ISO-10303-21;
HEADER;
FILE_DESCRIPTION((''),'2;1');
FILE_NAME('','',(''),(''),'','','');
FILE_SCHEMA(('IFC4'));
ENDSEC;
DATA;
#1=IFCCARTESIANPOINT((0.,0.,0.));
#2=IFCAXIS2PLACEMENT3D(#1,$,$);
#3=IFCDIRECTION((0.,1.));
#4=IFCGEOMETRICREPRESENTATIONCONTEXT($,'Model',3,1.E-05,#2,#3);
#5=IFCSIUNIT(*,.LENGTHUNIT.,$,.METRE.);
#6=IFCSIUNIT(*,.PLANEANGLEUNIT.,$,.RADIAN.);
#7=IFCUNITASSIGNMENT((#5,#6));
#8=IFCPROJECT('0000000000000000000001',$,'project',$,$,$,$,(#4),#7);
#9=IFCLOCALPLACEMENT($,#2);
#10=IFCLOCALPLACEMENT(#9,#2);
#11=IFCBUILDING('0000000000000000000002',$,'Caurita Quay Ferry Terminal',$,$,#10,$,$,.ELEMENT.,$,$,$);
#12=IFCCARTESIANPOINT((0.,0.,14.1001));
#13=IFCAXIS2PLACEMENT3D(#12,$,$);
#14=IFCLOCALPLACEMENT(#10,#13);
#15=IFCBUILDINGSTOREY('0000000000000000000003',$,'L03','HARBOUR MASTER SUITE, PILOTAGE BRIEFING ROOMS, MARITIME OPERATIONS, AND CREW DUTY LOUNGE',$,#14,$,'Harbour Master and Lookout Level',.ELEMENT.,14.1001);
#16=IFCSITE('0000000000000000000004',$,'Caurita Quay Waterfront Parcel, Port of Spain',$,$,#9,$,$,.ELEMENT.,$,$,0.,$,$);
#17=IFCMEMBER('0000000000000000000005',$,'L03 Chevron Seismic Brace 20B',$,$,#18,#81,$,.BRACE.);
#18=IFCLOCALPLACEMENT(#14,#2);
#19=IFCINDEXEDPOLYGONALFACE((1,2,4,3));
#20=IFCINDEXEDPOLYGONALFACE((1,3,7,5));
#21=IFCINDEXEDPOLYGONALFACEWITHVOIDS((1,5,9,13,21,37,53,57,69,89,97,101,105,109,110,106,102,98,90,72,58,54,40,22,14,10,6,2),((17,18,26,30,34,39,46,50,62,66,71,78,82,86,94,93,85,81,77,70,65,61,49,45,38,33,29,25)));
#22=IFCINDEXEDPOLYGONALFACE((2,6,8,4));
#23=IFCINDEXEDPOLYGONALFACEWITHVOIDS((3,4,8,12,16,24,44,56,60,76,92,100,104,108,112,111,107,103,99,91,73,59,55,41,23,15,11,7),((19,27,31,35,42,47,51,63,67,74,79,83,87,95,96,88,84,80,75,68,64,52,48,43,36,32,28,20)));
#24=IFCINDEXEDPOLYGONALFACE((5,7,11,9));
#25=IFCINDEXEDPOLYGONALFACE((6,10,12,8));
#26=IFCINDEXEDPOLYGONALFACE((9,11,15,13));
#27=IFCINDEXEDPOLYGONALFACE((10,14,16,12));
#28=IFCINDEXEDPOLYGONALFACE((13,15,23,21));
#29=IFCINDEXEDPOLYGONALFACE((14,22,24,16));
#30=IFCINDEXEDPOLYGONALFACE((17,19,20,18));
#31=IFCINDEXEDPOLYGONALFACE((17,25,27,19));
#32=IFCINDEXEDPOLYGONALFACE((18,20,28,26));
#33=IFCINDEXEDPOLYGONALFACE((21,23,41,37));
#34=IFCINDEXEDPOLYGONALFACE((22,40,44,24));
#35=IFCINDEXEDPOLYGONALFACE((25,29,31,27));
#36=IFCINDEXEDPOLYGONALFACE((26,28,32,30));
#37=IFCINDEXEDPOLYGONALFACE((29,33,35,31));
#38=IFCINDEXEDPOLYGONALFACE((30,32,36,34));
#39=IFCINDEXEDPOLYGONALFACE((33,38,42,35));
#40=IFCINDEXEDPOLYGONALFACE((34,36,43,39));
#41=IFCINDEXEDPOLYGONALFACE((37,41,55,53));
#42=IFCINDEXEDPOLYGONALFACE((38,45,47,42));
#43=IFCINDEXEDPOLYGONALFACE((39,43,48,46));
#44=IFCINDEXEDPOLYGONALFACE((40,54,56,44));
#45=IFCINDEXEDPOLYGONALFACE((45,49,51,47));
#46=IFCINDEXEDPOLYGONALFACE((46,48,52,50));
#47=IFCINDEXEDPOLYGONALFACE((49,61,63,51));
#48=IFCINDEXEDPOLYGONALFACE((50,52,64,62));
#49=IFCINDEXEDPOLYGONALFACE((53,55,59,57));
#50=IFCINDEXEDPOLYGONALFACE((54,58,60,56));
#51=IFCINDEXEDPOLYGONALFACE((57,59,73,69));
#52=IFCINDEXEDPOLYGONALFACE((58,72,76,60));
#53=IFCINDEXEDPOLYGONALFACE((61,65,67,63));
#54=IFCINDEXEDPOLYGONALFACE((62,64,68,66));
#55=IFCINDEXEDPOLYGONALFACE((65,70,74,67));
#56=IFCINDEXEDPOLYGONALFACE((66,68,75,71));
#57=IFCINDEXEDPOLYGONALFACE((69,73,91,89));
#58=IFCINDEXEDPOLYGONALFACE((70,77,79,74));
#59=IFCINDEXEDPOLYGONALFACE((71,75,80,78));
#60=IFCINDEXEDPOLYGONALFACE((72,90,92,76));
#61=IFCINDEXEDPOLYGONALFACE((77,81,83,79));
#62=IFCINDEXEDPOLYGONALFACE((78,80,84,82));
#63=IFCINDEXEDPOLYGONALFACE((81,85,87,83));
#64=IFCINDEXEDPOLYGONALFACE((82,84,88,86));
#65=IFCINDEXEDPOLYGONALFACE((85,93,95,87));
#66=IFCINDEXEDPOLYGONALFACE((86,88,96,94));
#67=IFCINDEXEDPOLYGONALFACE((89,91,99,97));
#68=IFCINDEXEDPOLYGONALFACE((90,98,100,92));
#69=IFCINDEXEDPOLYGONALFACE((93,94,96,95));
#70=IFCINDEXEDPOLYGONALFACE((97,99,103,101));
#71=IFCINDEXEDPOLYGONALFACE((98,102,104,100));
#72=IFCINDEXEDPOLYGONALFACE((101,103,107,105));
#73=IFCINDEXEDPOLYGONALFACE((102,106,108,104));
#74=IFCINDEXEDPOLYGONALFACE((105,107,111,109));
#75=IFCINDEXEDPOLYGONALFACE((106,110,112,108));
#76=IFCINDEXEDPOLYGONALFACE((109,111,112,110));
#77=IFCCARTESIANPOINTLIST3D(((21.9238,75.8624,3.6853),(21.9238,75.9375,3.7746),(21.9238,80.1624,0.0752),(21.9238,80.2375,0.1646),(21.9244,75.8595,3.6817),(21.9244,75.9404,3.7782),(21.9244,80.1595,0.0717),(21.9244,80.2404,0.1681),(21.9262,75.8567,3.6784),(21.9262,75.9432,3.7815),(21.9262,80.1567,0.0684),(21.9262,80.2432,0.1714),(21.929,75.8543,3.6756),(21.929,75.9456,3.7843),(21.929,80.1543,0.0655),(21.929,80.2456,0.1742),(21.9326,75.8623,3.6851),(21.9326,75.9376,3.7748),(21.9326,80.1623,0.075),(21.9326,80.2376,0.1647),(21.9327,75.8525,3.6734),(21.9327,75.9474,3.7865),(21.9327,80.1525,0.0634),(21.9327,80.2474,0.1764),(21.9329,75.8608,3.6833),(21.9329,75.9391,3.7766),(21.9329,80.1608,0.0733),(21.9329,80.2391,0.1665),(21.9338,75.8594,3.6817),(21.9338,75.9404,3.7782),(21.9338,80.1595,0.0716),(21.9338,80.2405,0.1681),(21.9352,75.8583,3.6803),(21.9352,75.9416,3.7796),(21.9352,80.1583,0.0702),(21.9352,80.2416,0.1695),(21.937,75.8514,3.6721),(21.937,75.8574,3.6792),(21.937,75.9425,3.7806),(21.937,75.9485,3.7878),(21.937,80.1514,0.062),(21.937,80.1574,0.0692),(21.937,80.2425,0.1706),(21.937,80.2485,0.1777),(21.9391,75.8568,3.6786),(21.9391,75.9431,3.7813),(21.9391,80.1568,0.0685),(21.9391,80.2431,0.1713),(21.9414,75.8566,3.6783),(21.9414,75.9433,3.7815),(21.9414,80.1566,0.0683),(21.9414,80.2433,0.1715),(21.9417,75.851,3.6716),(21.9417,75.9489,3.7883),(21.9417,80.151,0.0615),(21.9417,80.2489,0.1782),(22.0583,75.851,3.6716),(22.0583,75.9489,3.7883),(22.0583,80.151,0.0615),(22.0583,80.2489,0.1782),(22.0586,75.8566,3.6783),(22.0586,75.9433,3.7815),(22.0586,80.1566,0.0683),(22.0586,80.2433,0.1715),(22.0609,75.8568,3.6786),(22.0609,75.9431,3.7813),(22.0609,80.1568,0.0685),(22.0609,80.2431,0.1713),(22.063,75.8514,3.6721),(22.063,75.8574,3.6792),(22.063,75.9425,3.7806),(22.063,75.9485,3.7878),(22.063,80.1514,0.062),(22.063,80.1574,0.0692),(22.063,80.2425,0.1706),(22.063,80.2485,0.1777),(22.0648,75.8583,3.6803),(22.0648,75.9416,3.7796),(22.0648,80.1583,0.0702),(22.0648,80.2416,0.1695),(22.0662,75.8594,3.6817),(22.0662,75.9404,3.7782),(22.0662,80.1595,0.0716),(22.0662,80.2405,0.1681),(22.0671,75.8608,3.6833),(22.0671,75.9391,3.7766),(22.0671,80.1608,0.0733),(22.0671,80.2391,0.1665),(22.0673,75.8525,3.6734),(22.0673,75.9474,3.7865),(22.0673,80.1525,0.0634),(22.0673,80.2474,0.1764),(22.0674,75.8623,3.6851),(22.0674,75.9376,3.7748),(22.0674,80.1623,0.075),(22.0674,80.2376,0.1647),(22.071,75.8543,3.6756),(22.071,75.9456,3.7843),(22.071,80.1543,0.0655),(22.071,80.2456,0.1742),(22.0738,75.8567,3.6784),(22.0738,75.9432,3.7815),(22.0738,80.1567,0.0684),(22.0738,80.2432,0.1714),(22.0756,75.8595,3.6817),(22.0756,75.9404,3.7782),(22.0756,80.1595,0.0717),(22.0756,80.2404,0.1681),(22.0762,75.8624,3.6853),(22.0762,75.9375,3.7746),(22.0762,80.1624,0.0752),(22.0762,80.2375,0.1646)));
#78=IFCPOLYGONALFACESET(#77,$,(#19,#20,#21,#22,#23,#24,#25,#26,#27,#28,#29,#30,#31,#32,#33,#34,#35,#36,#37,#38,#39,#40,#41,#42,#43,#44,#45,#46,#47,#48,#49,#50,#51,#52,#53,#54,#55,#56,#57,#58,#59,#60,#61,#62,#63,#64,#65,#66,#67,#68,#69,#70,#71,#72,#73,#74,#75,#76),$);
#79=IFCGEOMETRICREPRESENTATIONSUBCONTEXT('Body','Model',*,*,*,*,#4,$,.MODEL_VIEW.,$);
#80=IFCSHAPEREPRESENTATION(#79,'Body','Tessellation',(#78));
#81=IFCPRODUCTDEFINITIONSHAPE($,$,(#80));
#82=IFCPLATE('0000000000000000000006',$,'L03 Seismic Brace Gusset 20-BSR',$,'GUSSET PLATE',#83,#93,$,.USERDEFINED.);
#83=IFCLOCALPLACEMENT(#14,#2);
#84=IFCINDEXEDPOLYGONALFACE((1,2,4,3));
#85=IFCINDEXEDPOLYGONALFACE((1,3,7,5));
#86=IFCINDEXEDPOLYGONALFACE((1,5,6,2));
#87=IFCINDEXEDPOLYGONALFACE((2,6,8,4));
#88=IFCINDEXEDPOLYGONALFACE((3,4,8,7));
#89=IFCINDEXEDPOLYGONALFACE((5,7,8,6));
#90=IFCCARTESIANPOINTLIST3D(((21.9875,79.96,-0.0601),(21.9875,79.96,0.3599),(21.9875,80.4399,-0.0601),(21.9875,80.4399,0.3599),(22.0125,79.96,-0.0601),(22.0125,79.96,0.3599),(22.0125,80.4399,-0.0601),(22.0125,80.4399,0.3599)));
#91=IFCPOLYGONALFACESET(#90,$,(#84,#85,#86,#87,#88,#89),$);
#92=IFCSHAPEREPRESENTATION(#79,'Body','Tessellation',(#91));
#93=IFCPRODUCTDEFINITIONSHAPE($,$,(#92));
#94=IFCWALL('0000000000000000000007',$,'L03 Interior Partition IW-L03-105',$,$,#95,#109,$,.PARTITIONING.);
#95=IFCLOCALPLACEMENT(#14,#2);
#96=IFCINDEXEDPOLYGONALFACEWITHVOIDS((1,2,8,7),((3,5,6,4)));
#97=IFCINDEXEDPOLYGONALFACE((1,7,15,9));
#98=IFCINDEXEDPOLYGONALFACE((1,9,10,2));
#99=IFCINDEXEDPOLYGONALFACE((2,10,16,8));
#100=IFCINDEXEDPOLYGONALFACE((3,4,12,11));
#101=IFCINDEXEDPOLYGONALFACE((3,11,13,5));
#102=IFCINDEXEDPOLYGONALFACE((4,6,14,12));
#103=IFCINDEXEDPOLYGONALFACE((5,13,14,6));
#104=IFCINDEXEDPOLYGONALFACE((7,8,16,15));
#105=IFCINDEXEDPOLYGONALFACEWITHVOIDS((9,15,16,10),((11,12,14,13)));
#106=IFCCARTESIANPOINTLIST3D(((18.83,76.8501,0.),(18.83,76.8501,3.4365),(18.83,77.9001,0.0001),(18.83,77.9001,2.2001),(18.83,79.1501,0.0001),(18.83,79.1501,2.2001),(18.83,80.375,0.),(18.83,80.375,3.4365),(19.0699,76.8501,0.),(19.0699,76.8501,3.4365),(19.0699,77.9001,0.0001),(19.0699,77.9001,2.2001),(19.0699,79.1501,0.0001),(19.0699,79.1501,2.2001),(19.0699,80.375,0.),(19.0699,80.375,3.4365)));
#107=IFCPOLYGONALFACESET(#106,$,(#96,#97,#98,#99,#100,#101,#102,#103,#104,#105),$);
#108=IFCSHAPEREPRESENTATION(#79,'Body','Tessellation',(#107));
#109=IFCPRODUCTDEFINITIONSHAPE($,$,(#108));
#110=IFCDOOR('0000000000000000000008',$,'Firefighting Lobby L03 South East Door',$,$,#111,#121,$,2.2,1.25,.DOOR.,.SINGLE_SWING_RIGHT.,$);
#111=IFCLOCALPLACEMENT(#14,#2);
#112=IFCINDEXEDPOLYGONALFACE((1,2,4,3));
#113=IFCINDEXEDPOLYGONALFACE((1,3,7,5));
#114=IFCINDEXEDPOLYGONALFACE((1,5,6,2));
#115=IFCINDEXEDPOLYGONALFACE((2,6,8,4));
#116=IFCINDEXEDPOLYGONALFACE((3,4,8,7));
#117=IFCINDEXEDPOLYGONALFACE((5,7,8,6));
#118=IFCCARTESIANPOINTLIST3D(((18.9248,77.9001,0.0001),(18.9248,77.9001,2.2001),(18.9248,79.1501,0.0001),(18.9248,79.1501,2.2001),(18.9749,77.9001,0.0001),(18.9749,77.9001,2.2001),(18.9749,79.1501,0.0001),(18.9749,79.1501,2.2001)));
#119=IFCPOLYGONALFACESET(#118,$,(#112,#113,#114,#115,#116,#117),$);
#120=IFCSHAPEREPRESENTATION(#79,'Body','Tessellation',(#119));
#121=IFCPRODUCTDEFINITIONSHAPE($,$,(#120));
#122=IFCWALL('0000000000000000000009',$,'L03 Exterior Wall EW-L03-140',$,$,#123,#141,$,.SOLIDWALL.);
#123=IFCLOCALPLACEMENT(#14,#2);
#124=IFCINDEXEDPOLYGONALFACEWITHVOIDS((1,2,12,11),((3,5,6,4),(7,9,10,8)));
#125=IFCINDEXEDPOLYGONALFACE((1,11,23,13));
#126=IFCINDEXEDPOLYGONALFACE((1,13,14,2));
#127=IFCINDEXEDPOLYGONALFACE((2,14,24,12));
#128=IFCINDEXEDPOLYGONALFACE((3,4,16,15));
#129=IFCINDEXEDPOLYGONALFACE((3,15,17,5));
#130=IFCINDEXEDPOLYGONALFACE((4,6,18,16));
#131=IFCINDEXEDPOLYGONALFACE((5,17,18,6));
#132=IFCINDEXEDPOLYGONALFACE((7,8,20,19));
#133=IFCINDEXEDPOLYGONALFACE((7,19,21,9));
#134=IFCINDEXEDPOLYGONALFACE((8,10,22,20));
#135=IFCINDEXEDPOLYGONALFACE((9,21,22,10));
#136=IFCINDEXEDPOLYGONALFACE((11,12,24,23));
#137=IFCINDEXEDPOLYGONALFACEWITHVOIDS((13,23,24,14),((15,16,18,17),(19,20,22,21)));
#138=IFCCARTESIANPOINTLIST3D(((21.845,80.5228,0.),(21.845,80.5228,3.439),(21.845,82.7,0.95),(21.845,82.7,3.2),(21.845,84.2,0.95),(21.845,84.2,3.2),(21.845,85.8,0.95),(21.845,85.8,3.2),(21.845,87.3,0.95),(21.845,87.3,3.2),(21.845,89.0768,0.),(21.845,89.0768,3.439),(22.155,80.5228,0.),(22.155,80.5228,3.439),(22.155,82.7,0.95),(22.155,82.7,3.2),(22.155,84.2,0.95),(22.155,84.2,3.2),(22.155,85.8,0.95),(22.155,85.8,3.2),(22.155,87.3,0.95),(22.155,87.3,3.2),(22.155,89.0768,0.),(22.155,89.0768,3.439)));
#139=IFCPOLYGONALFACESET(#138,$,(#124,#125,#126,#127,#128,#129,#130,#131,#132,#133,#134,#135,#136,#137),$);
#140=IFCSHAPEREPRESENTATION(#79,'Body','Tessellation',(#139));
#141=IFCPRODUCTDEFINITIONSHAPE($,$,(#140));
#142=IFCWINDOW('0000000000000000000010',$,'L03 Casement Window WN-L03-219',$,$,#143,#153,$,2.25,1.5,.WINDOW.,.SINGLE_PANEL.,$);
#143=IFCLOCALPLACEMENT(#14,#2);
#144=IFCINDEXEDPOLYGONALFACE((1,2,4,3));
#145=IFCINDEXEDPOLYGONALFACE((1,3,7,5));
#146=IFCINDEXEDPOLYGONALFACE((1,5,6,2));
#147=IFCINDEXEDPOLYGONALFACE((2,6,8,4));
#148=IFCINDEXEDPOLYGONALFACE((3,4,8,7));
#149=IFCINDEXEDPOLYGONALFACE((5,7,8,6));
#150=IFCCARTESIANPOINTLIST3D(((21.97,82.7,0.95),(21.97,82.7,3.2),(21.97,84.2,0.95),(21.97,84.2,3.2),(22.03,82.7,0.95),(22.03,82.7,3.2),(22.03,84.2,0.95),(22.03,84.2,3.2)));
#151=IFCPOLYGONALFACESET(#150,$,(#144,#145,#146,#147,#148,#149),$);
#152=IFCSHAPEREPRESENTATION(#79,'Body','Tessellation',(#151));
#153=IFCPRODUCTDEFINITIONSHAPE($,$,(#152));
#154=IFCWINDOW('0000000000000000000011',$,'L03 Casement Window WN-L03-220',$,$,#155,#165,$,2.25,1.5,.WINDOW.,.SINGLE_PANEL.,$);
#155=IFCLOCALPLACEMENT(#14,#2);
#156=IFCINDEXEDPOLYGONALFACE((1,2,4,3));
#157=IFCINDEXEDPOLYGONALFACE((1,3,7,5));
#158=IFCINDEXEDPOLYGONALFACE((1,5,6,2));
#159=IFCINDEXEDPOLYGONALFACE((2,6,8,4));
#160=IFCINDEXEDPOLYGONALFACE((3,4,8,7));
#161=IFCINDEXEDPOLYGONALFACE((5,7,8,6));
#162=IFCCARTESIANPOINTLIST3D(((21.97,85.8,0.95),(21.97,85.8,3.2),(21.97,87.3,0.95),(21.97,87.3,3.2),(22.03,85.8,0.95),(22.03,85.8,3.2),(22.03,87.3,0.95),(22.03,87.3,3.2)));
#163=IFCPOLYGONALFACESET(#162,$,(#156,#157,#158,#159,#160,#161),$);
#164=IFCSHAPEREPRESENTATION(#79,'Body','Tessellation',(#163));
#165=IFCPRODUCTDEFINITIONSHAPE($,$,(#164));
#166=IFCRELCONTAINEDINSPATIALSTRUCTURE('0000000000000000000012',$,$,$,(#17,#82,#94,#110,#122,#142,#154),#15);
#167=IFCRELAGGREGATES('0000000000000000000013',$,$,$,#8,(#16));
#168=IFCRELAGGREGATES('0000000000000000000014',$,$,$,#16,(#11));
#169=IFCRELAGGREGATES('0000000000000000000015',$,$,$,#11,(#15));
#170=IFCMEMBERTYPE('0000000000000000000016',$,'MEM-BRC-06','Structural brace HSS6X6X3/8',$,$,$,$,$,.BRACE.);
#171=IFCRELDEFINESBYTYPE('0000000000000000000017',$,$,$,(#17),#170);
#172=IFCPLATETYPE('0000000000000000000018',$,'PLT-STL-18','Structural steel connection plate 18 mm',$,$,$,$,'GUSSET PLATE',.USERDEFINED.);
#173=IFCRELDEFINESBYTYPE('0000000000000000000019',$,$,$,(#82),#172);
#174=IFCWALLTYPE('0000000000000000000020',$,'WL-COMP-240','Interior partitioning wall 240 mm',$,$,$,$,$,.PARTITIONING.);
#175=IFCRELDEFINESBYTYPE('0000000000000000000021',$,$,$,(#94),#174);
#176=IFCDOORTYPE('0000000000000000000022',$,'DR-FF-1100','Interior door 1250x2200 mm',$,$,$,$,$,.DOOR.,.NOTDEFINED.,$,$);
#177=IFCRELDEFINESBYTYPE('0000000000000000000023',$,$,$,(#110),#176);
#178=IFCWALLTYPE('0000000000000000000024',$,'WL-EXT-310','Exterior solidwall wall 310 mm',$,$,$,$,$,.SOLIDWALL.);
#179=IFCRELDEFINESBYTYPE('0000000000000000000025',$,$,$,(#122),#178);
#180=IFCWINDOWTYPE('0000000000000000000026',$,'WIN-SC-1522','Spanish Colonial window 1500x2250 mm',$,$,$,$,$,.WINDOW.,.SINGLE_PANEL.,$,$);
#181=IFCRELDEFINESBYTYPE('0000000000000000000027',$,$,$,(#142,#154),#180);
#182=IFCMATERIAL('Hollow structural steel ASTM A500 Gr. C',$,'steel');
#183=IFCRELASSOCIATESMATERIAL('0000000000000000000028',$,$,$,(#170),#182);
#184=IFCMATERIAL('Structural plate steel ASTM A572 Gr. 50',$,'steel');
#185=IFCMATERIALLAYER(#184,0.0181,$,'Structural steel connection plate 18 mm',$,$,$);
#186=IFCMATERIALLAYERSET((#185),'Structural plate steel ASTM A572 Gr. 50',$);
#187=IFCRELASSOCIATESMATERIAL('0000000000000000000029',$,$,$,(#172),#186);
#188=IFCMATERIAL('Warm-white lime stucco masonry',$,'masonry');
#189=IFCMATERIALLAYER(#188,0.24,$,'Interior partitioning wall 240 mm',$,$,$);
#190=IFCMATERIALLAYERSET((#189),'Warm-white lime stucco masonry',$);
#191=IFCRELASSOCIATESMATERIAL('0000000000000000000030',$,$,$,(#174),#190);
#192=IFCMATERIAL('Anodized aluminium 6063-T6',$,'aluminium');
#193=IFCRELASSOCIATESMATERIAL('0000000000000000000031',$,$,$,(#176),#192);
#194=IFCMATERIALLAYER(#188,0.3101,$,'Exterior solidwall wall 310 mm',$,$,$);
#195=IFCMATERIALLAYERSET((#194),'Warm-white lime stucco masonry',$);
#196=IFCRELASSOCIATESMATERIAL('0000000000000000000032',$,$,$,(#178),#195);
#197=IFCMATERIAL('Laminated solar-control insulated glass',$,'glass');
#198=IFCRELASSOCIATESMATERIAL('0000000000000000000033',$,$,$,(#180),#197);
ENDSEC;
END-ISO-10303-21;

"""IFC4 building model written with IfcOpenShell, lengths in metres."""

from ifc_helpers import new_model, si_unit, direction, frame, frame_2d, origin, origin_2d, place, context, subcontext, project, spatial, rectangle, hollow_rectangle, extrude, material, layer, layer_set, material_profile, profile_set, type_object, element, fill, save


model = new_model("IFC4")

# Units and contexts
model_context = context("Model", 3, precision=1e-05, world=origin(), true_north=direction((0.0, 1.0)))
body_context = subcontext(model_context, "Body", "Model", "MODEL_VIEW")
ifc_project = project(units=[si_unit("LENGTHUNIT", "METRE"), si_unit("PLANEANGLEUNIT", "RADIAN")], contexts=[model_context])

# Site, building, storey
site_placement = place(None, origin())
site = spatial("IfcSite", under=ifc_project, at=site_placement, Name="Caurita Quay Waterfront Parcel, Port of Spain", CompositionType="ELEMENT", RefElevation=0.0)
building_placement = place(site_placement, origin())
building = spatial("IfcBuilding", under=site, at=building_placement, Name="Caurita Quay Ferry Terminal", CompositionType="ELEMENT")
storey_placement = place(building_placement, frame((0.0, 0.0, 14.1001)))
storey = spatial("IfcBuildingStorey", under=building, at=storey_placement, Name="L03", Description="HARBOUR MASTER SUITE, PILOTAGE BRIEFING ROOMS, MARITIME OPERATIONS, AND CREW DUTY LOUNGE", LongName="Harbour Master and Lookout Level", CompositionType="ELEMENT", Elevation=14.1001)

# Member
ifc_material_1 = material(Name="Hollow structural steel ASTM A500 Gr. C", Category="steel")
ifc_material_profile_1 = material_profile(ifc_material_1, hollow_rectangle(XDim=0.1523, YDim=0.1523, WallThickness=0.0088, InnerFilletRadius=0.0088, OuterFilletRadius=0.0178, at=origin_2d()), Name="HSS6X6X3/8")
ifc_profile_set_1 = profile_set([ifc_material_profile_1], Name="Hollow structural steel ASTM A500 Gr. C")
member_type = type_object("IfcMemberType", Name="MEM-BRC-06", Description="Structural brace HSS6X6X3/8", PredefinedType="BRACE", material=ifc_profile_set_1)
member_placement = place(storey_placement, frame((22.0, 80.2, 0.1199), z_axis=(0.0, -0.765874, 0.64299), x_axis=(1.0, 0.0, 0.0)))
element("IfcMember", 1, at=member_placement, inside=storey, type_object=member_type, Name="L03 Chevron Seismic Brace 20B", PredefinedType="BRACE", context=body_context, shape_type="SweptSolid", body=[
    extrude(hollow_rectangle(XDim=0.1523, YDim=0.1523, WallThickness=0.0088, InnerFilletRadius=0.0088, OuterFilletRadius=0.0178, at=origin_2d()), origin(), (0.0, 0.0, 1.0), 5.6145),
])

# Plate
ifc_material_2 = material(Name="Structural plate steel ASTM A572 Gr. 50", Category="steel")
ifc_layer_1 = layer(ifc_material_2, 0.0181, Name="Structural steel connection plate 18 mm")
ifc_layer_set_1 = layer_set([ifc_layer_1], Name="Structural plate steel ASTM A572 Gr. 50")
plate_type = type_object("IfcPlateType", Name="PLT-STL-18", Description="Structural steel connection plate 18 mm", ElementType="GUSSET PLATE", PredefinedType="USERDEFINED", material=ifc_layer_set_1)
plate_placement = place(storey_placement, frame((22.0, 80.2, -0.0601), z_axis=(0.0, 0.0, 1.0), x_axis=(0.0, 1.0, 0.0)))
element("IfcPlate", 2, at=plate_placement, inside=storey, type_object=plate_type, Name="L03 Seismic Brace Gusset 20-BSR", ObjectType="GUSSET PLATE", PredefinedType="USERDEFINED", context=body_context, shape_type="SweptSolid", body=[
    extrude(rectangle(XDim=0.48, YDim=0.0249, at=origin_2d()), origin(), (0.0, 0.0, 1.0), 0.4199),
])

# Wall, opening, door
ifc_material_3 = material(Name="Warm-white lime stucco masonry", Category="masonry")
ifc_layer_2 = layer(ifc_material_3, 0.24, Name="Interior partitioning wall 240 mm")
ifc_layer_set_2 = layer_set([ifc_layer_2], Name="Warm-white lime stucco masonry")
wall_type_1 = type_object("IfcWallType", Name="WL-COMP-240", Description="Interior partitioning wall 240 mm", PredefinedType="PARTITIONING", material=ifc_layer_set_2)
wall_1_placement = place(storey_placement, frame((18.95, 76.8501, 0.0), z_axis=(0.0, 0.0, 1.0), x_axis=(0.0, 1.0, 0.0)))
wall_1 = element("IfcWall", 3, at=wall_1_placement, inside=storey, type_object=wall_type_1, Name="L03 Interior Partition IW-L03-105", PredefinedType="PARTITIONING", context=body_context, shape_type="SweptSolid", body=[
    extrude(rectangle(XDim=3.5249, YDim=0.24, at=frame_2d((1.7625, 0.0))), origin(), (0.0, 0.0, 1.0), 3.4365),
])
opening_1_placement = place(wall_1_placement, frame((1.05, 0.0, 0.0)))
opening_1 = element("IfcOpeningElement", 4, at=opening_1_placement, cuts=wall_1, PredefinedType="OPENING", context=body_context, shape_type="SweptSolid", body=[
    extrude(rectangle(XDim=1.25, YDim=2.2, at=frame_2d((0.625, 1.1001))), frame((0.0, 0.1299, 0.0), z_axis=(0.0, -1.0, 0.0), x_axis=(1.0, 0.0, 0.0)), (0.0, 0.0, 1.0), 0.26),
])
ifc_material_4 = material(Name="Anodized aluminium 6063-T6", Category="aluminium")
door_type_1 = type_object("IfcDoorType", Name="DR-FF-1100", Description="Interior door 1250x2200 mm", OperationType="NOTDEFINED", PredefinedType="DOOR", material=ifc_material_4)
door_1_placement = place(opening_1_placement, frame((1.25, 0.0, 0.0), z_axis=(0.0, 0.0, 1.0), x_axis=(-1.0, 0.0, 0.0)))
door_1 = element("IfcDoor", 5, at=door_1_placement, inside=storey, type_object=door_type_1, Name="Firefighting Lobby L03 South East Door", OperationType="SINGLE_SWING_RIGHT", OverallHeight=2.2, OverallWidth=1.25, PredefinedType="DOOR", context=body_context, shape_type="SweptSolid", body=[
    extrude(rectangle(XDim=1.25, YDim=2.2, at=frame_2d((0.625, 1.1001))), frame((0.0, 0.0249, 0.0), z_axis=(0.0, -1.0, 0.0), x_axis=(1.0, 0.0, 0.0)), (0.0, 0.0, 1.0), 0.05),
])
fill(opening_1, door_1)

# Wall, openings, windows
ifc_layer_3 = layer(ifc_material_3, 0.3101, Name="Exterior solidwall wall 310 mm")
ifc_layer_set_3 = layer_set([ifc_layer_3], Name="Warm-white lime stucco masonry")
wall_type_2 = type_object("IfcWallType", Name="WL-EXT-310", Description="Exterior solidwall wall 310 mm", PredefinedType="SOLIDWALL", material=ifc_layer_set_3)
wall_2_placement = place(storey_placement, frame((22.0, 80.5229, 0.0), z_axis=(0.0, 0.0, 1.0), x_axis=(0.0, 1.0, 0.0)))
wall_2 = element("IfcWall", 6, at=wall_2_placement, inside=storey, type_object=wall_type_2, Name="L03 Exterior Wall EW-L03-140", PredefinedType="SOLIDWALL", context=body_context, shape_type="SweptSolid", body=[
    extrude(rectangle(XDim=8.554, YDim=0.3101, at=frame_2d((4.2769, 0.0))), origin(), (0.0, 0.0, 1.0), 3.439),
])
opening_2_placement = place(wall_2_placement, frame((2.177, 0.0, 0.95)))
opening_2 = element("IfcOpeningElement", 7, at=opening_2_placement, cuts=wall_2, PredefinedType="OPENING", context=body_context, shape_type="SweptSolid", body=[
    extrude(rectangle(XDim=1.5, YDim=2.25, at=frame_2d((0.75, 1.125))), frame((0.0, 0.165, 0.0), z_axis=(0.0, -1.0, 0.0), x_axis=(1.0, 0.0, 0.0)), (0.0, 0.0, 1.0), 0.3301),
])
opening_3_placement = place(wall_2_placement, frame((5.2771, 0.0, 0.95)))
opening_3 = element("IfcOpeningElement", 8, at=opening_3_placement, cuts=wall_2, PredefinedType="OPENING", context=body_context, shape_type="SweptSolid", body=[
    extrude(rectangle(XDim=1.5, YDim=2.25, at=frame_2d((0.75, 1.125))), frame((0.0, 0.165, 0.0), z_axis=(0.0, -1.0, 0.0), x_axis=(1.0, 0.0, 0.0)), (0.0, 0.0, 1.0), 0.3301),
])
ifc_material_5 = material(Name="Laminated solar-control insulated glass", Category="glass")
window_type = type_object("IfcWindowType", Name="WIN-SC-1522", Description="Spanish Colonial window 1500x2250 mm", PartitioningType="SINGLE_PANEL", PredefinedType="WINDOW", material=ifc_material_5)
window_1_placement = place(opening_2_placement, origin())
window_1 = element("IfcWindow", 9, at=window_1_placement, inside=storey, type_object=window_type, Name="L03 Casement Window WN-L03-219", OverallHeight=2.25, OverallWidth=1.5, PartitioningType="SINGLE_PANEL", PredefinedType="WINDOW", context=body_context, shape_type="SweptSolid", body=[
    extrude(rectangle(XDim=1.5, YDim=2.25, at=frame_2d((0.75, 1.125))), frame((0.0, 0.03, 0.0), z_axis=(0.0, -1.0, 0.0), x_axis=(1.0, 0.0, 0.0)), (0.0, 0.0, 1.0), 0.0601),
])
fill(opening_2, window_1)
window_2_placement = place(opening_3_placement, origin())
window_2 = element("IfcWindow", 10, at=window_2_placement, inside=storey, type_object=window_type, Name="L03 Casement Window WN-L03-220", OverallHeight=2.25, OverallWidth=1.5, PartitioningType="SINGLE_PANEL", PredefinedType="WINDOW", context=body_context, shape_type="SweptSolid", body=[
    extrude(rectangle(XDim=1.5, YDim=2.25, at=frame_2d((0.75, 1.125))), frame((0.0, 0.03, 0.0), z_axis=(0.0, -1.0, 0.0), x_axis=(1.0, 0.0, 0.0)), (0.0, 0.0, 1.0), 0.0601),
])
fill(opening_3, window_2)

save(model, "model.ifc")
